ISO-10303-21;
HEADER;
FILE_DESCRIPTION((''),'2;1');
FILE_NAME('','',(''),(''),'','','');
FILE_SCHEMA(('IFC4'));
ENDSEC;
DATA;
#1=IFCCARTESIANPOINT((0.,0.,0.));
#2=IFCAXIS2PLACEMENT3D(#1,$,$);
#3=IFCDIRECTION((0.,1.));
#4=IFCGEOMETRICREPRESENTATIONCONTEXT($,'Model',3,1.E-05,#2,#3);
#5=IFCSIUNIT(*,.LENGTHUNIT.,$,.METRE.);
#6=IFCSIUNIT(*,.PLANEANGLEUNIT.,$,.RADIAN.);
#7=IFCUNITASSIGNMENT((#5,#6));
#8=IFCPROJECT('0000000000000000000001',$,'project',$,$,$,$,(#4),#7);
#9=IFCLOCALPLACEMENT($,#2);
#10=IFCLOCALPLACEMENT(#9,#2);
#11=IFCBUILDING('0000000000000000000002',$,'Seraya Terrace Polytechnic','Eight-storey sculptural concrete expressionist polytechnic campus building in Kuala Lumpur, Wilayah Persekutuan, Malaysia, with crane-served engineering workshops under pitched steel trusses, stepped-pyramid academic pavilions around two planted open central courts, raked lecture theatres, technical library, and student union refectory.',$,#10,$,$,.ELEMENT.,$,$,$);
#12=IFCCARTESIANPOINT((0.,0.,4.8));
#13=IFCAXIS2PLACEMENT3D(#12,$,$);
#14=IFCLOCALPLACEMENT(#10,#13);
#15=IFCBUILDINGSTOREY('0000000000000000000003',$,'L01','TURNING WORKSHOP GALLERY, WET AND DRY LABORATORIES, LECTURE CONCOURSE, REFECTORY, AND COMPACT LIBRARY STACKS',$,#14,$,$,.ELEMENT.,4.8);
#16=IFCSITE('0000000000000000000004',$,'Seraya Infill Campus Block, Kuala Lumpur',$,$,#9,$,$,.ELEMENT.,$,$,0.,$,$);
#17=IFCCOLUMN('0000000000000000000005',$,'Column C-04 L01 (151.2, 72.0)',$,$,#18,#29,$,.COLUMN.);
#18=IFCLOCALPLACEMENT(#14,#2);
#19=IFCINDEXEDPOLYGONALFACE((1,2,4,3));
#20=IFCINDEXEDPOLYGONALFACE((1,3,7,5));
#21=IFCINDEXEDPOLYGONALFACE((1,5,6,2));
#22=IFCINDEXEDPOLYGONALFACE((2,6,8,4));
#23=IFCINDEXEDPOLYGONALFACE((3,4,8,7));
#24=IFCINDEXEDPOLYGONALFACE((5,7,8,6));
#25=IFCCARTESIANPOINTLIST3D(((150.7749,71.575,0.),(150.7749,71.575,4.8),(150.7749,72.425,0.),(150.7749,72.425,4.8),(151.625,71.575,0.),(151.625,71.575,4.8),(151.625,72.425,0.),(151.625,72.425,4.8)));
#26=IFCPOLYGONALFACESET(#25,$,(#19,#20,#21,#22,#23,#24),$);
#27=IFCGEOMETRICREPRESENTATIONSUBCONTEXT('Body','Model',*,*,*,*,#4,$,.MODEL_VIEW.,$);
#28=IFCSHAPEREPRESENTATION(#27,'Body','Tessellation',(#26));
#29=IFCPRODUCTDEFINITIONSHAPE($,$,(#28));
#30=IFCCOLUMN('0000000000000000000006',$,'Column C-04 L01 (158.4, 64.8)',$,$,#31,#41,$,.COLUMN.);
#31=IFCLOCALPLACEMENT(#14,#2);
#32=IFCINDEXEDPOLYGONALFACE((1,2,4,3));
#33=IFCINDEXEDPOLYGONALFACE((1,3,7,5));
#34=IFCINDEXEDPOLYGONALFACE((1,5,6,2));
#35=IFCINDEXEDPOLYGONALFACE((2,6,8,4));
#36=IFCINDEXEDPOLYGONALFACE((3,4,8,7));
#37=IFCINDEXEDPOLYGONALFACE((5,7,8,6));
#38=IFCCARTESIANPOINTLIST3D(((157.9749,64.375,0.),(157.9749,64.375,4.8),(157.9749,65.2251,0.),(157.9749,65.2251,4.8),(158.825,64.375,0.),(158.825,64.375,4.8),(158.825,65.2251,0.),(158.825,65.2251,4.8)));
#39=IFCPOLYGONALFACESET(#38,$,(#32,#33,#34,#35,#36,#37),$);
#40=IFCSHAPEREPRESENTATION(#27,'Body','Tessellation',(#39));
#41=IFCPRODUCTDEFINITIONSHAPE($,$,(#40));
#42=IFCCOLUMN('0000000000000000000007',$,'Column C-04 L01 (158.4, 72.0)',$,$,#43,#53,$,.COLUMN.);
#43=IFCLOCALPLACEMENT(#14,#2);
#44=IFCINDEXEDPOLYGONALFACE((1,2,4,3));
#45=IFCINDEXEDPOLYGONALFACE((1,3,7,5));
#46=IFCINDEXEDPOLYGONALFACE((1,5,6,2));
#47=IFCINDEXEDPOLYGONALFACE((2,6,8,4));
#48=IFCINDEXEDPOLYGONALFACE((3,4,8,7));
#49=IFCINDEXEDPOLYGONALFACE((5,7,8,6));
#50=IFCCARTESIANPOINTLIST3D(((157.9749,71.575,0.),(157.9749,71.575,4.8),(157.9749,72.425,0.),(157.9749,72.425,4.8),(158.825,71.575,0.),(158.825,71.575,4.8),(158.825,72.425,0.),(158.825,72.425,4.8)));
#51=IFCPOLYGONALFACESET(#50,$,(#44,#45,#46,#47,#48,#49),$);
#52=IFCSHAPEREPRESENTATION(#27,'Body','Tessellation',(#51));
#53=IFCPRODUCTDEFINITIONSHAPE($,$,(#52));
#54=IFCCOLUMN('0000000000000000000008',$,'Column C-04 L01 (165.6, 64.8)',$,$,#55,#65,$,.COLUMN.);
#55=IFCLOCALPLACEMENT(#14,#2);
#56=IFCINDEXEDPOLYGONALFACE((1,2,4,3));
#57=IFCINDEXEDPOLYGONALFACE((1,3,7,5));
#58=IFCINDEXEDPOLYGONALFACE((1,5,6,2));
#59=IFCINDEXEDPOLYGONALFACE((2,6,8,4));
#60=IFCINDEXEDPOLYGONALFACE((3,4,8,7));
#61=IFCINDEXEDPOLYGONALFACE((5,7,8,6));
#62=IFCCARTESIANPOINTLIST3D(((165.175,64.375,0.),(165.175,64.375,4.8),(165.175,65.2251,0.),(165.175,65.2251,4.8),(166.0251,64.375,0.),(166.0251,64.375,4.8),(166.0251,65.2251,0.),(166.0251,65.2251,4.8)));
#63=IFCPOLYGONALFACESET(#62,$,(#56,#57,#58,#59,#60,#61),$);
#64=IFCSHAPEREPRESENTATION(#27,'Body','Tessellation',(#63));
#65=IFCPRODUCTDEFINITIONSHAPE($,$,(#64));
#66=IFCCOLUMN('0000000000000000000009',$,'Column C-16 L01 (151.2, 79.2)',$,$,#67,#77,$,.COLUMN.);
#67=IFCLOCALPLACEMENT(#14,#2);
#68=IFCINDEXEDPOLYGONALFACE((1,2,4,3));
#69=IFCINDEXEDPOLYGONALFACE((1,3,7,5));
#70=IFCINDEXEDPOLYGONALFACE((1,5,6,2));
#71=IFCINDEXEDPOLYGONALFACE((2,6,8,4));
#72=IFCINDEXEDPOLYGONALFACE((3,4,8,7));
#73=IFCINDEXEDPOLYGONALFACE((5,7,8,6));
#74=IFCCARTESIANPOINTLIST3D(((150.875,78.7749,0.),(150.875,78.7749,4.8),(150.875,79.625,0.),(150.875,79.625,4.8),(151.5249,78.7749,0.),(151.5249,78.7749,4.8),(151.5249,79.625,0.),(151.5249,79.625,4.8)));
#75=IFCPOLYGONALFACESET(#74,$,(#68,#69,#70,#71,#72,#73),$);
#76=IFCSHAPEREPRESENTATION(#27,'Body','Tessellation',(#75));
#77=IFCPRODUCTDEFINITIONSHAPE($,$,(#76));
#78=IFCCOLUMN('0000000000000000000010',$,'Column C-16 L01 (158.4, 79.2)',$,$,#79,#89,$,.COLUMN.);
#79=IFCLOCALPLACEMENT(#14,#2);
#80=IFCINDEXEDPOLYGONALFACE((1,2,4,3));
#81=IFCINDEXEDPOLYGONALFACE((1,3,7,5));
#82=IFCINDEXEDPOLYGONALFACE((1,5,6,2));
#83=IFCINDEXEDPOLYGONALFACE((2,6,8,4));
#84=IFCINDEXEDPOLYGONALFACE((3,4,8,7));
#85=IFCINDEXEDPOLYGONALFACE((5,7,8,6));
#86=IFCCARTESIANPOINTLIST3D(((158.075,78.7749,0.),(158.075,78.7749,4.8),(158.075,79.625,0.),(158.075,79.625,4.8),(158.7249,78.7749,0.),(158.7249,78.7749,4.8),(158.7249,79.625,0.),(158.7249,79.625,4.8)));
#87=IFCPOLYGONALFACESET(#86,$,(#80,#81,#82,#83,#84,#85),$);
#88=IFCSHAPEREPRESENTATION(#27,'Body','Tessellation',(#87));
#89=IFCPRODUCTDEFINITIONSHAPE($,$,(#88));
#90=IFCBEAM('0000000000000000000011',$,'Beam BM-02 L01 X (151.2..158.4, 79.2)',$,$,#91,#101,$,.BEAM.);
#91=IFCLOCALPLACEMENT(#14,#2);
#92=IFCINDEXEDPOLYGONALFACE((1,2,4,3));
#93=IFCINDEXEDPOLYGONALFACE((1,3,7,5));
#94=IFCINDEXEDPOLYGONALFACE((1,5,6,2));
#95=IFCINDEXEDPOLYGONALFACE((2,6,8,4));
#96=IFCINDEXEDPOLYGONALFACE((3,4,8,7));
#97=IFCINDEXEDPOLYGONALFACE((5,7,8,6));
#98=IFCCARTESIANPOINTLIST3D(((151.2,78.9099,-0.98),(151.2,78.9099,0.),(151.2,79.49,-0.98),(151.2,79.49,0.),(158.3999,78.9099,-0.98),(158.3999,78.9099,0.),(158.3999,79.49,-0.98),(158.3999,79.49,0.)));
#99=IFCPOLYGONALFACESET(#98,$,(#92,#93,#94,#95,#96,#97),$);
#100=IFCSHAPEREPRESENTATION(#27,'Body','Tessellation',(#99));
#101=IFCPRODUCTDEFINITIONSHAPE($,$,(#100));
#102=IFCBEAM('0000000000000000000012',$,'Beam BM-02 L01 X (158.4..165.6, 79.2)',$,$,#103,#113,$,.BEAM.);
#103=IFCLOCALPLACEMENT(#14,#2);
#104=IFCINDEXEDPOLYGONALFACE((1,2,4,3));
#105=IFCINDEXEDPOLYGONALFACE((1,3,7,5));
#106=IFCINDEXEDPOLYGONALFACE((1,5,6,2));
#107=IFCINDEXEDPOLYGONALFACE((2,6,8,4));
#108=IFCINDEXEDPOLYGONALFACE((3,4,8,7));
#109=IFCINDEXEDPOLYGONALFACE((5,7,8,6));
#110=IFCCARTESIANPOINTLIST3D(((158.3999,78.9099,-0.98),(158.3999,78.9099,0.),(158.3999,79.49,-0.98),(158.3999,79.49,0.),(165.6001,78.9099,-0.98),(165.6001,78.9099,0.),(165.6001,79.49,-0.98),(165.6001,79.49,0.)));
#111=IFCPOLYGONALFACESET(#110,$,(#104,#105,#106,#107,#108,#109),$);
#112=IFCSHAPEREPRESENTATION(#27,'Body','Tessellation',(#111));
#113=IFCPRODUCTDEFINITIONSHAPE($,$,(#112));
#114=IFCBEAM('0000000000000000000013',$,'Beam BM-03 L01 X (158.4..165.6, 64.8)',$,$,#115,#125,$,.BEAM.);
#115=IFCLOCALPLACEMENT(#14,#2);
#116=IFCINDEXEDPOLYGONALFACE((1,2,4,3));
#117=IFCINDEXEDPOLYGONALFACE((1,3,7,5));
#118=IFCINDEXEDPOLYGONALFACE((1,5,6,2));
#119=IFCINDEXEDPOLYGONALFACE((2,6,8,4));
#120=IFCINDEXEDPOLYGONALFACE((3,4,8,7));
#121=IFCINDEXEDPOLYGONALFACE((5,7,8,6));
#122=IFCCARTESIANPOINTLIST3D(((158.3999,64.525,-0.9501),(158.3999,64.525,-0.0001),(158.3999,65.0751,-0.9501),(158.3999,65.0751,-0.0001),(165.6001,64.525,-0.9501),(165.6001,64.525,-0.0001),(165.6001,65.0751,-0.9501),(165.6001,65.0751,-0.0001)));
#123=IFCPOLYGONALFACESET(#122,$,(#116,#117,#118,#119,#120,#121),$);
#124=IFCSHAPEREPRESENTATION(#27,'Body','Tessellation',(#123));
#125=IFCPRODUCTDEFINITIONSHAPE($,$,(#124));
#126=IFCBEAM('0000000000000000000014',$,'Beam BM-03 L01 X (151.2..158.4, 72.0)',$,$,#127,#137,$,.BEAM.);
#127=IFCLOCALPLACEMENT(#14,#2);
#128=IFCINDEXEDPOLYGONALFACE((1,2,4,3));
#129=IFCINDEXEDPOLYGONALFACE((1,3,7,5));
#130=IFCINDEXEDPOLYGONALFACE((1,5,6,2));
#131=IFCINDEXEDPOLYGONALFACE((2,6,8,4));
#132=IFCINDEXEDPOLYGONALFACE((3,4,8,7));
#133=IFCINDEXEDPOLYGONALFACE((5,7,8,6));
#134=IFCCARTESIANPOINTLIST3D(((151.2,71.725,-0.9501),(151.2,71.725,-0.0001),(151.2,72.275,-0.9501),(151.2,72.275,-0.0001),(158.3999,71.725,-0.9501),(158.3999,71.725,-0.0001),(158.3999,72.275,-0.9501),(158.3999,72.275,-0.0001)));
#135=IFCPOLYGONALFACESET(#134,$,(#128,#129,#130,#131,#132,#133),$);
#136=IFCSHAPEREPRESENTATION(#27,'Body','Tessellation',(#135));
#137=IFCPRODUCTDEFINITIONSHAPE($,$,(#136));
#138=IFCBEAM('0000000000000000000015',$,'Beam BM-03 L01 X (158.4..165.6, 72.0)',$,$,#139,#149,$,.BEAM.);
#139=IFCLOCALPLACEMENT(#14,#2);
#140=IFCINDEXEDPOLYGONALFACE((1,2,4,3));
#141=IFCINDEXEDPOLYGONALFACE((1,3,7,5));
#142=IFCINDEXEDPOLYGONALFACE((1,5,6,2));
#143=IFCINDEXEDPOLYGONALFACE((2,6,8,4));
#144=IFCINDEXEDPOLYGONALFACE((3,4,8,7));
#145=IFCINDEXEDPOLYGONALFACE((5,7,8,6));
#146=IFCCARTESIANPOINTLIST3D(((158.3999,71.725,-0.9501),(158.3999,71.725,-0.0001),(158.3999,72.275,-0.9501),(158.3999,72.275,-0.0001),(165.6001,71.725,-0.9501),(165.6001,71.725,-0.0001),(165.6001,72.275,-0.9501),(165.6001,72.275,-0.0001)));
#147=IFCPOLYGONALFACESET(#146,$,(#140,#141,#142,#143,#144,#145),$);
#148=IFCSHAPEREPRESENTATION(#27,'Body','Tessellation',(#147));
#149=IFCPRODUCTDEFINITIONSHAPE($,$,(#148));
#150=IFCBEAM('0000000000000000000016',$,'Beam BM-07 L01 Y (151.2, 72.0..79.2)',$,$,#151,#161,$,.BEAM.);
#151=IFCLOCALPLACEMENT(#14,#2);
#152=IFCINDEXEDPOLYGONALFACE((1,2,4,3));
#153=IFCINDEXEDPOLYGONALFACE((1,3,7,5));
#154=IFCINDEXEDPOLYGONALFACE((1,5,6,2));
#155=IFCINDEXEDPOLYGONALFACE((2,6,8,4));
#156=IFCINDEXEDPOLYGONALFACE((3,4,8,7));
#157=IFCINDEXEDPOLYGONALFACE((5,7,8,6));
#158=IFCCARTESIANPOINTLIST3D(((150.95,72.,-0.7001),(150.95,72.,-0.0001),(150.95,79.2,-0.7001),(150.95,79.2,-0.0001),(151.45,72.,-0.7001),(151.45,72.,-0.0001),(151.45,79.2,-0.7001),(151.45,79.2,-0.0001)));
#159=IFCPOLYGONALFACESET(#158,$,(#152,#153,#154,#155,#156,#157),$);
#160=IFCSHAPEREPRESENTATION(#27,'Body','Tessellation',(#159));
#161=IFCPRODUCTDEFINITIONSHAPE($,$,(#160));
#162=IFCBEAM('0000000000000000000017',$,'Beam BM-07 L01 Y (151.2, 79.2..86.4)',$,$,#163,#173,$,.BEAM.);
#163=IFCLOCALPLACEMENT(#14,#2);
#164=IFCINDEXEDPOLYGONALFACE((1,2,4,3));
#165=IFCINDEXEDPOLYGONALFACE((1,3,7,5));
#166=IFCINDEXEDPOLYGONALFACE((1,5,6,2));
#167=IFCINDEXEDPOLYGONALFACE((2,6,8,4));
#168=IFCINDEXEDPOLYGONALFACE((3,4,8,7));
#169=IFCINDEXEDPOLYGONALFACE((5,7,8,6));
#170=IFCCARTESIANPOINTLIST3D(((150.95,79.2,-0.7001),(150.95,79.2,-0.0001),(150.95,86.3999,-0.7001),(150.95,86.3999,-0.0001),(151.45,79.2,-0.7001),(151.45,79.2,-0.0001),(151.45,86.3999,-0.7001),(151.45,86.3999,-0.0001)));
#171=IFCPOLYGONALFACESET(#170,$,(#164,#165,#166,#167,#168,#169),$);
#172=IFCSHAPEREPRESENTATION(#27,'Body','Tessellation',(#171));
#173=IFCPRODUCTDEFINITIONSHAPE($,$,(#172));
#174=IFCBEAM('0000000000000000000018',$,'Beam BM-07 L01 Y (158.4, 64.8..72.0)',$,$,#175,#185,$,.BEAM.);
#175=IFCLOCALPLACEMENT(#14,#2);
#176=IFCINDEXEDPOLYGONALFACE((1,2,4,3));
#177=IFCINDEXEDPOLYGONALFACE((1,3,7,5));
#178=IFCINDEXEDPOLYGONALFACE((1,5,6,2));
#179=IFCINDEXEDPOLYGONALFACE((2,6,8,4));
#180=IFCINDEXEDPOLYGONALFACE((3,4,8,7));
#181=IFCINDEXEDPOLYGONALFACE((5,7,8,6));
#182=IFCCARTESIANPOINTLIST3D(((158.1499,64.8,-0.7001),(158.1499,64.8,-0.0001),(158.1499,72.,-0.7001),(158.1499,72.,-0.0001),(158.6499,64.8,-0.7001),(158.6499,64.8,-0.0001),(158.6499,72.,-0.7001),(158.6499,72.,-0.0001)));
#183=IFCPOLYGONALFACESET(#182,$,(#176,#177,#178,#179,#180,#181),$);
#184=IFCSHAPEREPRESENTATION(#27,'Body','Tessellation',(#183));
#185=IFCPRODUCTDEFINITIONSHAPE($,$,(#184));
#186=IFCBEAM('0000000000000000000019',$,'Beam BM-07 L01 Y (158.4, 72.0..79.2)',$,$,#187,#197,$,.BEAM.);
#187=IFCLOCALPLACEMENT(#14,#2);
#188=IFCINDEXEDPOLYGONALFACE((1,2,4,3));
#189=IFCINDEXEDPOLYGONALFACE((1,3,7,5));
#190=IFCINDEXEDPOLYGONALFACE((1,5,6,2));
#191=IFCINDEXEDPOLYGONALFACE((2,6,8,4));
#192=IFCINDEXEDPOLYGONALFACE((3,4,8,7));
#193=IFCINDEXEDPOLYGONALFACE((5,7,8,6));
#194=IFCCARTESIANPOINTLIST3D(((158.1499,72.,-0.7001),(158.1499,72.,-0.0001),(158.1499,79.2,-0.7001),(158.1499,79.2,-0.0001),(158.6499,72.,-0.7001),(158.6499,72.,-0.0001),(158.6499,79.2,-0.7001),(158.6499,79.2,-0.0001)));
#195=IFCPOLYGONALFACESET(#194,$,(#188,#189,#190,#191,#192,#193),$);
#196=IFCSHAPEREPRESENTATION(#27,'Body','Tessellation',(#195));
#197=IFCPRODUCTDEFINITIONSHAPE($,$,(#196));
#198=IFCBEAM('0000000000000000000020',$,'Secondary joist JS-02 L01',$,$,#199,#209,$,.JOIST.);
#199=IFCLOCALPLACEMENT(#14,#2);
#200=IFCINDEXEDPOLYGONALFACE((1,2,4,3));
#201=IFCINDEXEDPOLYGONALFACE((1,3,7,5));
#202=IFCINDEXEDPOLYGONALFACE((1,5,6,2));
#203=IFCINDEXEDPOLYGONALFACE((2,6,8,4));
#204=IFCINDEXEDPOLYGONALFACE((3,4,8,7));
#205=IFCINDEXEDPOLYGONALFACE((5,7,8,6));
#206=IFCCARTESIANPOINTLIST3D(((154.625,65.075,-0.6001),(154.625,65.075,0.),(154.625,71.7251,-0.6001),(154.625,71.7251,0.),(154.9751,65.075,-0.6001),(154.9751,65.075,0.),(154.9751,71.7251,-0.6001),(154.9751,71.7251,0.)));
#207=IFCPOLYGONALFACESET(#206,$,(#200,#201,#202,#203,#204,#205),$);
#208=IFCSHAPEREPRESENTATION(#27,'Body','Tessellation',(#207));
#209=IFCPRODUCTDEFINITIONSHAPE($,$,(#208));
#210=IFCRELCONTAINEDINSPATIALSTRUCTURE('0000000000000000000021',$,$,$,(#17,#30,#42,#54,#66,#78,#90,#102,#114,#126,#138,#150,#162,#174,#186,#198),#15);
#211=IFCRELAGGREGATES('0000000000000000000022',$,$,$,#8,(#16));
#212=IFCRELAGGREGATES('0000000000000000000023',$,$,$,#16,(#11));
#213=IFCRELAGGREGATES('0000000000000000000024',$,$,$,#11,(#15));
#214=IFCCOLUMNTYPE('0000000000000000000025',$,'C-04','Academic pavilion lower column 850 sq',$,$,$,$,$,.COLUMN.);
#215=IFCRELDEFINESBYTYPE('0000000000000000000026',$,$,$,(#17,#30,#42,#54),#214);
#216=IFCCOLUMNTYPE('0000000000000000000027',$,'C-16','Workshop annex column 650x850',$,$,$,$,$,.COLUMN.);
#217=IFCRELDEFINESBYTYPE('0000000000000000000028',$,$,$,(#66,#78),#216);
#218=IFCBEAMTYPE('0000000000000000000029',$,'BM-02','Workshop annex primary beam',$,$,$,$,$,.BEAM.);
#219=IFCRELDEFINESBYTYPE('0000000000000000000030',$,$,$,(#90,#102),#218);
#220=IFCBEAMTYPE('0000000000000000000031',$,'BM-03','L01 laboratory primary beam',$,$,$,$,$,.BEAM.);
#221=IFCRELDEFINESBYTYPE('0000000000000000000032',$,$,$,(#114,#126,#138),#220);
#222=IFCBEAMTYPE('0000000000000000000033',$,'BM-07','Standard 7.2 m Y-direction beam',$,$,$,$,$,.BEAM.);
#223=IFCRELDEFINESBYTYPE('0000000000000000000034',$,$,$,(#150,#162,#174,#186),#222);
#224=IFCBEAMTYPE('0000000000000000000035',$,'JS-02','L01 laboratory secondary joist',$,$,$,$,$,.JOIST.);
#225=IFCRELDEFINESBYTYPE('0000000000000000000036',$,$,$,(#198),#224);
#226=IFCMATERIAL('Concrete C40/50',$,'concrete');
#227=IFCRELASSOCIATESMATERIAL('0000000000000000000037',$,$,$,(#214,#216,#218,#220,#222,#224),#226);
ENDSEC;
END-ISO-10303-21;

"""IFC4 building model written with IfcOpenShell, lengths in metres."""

from ifc_helpers import new_model, si_unit, direction, frame, origin, origin_2d, place, context, subcontext, project, spatial, rectangle, extrude, material, material_profile, profile_set, type_object, element, save


model = new_model("IFC4")

# Units and contexts
model_context = context("Model", 3, precision=1e-05, world=origin(), true_north=direction((0.0, 1.0)))
body_context = subcontext(model_context, "Body", "Model", "MODEL_VIEW")
ifc_project = project(units=[si_unit("LENGTHUNIT", "METRE"), si_unit("PLANEANGLEUNIT", "RADIAN")], contexts=[model_context])

# Site, building, storey
site_placement = place(None, origin())
site = spatial("IfcSite", under=ifc_project, at=site_placement, Name="Seraya Infill Campus Block, Kuala Lumpur", CompositionType="ELEMENT", RefElevation=0.0)
building_placement = place(site_placement, origin())
building = spatial("IfcBuilding", under=site, at=building_placement, Name="Seraya Terrace Polytechnic", Description="Eight-storey sculptural concrete expressionist polytechnic campus building in Kuala Lumpur, Wilayah Persekutuan, Malaysia, with crane-served engineering workshops under pitched steel trusses, stepped-pyramid academic pavilions around two planted open central courts, raked lecture theatres, technical library, and student union refectory.", CompositionType="ELEMENT")
storey_placement = place(building_placement, frame((0.0, 0.0, 4.8)))
storey = spatial("IfcBuildingStorey", under=building, at=storey_placement, Name="L01", Description="TURNING WORKSHOP GALLERY, WET AND DRY LABORATORIES, LECTURE CONCOURSE, REFECTORY, AND COMPACT LIBRARY STACKS", CompositionType="ELEMENT", Elevation=4.8)

# Columns
ifc_material_1 = material(Name="Concrete C40/50", Category="concrete")
ifc_material_profile_1 = material_profile(ifc_material_1, rectangle(XDim=0.8501, YDim=0.8501, at=origin_2d()), Name="RC 850x850")
ifc_profile_set_1 = profile_set([ifc_material_profile_1], Name="Concrete C40/50")
column_type_1 = type_object("IfcColumnType", Name="C-04", Description="Academic pavilion lower column 850 sq", PredefinedType="COLUMN", material=ifc_profile_set_1)
for number, where, z_axis, x_axis, name in (
    (1, (151.2, 72.0, 0.0), (0.0, 0.0, 1.0), (1.0, 0.0, 0.0), "Column C-04 L01 (151.2, 72.0)"),
    (2, (158.3999, 64.8, 0.0), (0.0, 0.0, 1.0), (1.0, 0.0, 0.0), "Column C-04 L01 (158.4, 64.8)"),
    (3, (158.3999, 72.0, 0.0), (0.0, 0.0, 1.0), (1.0, 0.0, 0.0), "Column C-04 L01 (158.4, 72.0)"),
    (4, (165.6001, 64.8, 0.0), (0.0, 0.0, 1.0), (1.0, 0.0, 0.0), "Column C-04 L01 (165.6, 64.8)"),
):
    element("IfcColumn", number, at=place(storey_placement, frame(where, z_axis=z_axis, x_axis=x_axis)), inside=storey, type_object=column_type_1, Name=name, PredefinedType="COLUMN", context=body_context, shape_type="SweptSolid", body=[
        extrude(rectangle(XDim=0.8501, YDim=0.8501, at=origin_2d()), origin(), (0.0, 0.0, 1.0), 4.8),
    ])
ifc_material_profile_2 = material_profile(ifc_material_1, rectangle(XDim=0.6499, YDim=0.8501, at=origin_2d()), Name="RC 650x850")
ifc_profile_set_2 = profile_set([ifc_material_profile_2], Name="Concrete C40/50")
column_type_2 = type_object("IfcColumnType", Name="C-16", Description="Workshop annex column 650x850", PredefinedType="COLUMN", material=ifc_profile_set_2)
for number, where, z_axis, x_axis, name in (
    (5, (151.2, 79.2, 0.0), (0.0, 0.0, 1.0), (1.0, 0.0, 0.0), "Column C-16 L01 (151.2, 79.2)"),
    (6, (158.3999, 79.2, 0.0), (0.0, 0.0, 1.0), (1.0, 0.0, 0.0), "Column C-16 L01 (158.4, 79.2)"),
):
    element("IfcColumn", number, at=place(storey_placement, frame(where, z_axis=z_axis, x_axis=x_axis)), inside=storey, type_object=column_type_2, Name=name, PredefinedType="COLUMN", context=body_context, shape_type="SweptSolid", body=[
        extrude(rectangle(XDim=0.6499, YDim=0.8501, at=origin_2d()), origin(), (0.0, 0.0, 1.0), 4.8),
    ])

# Beams
ifc_material_profile_3 = material_profile(ifc_material_1, rectangle(XDim=0.5801, YDim=0.98, at=origin_2d()), Name="RC 580x980")
ifc_profile_set_3 = profile_set([ifc_material_profile_3], Name="Concrete C40/50")
beam_type_1 = type_object("IfcBeamType", Name="BM-02", Description="Workshop annex primary beam", PredefinedType="BEAM", material=ifc_profile_set_3)
beam_1_placement = place(storey_placement, frame((151.2, 79.2, -0.49), z_axis=(1.0, 0.0, 0.0), x_axis=(0.0, 1.0, 0.0)))
element("IfcBeam", 7, at=beam_1_placement, inside=storey, type_object=beam_type_1, Name="Beam BM-02 L01 X (151.2..158.4, 79.2)", PredefinedType="BEAM", context=body_context, shape_type="SweptSolid", body=[
    extrude(rectangle(XDim=0.5801, YDim=0.98, at=origin_2d()), origin(), (0.0, 0.0, 1.0), 7.2),
])
beam_2_placement = place(storey_placement, frame((158.3999, 79.2, -0.49), z_axis=(1.0, 0.0, 0.0), x_axis=(0.0, 1.0, 0.0)))
element("IfcBeam", 8, at=beam_2_placement, inside=storey, type_object=beam_type_1, Name="Beam BM-02 L01 X (158.4..165.6, 79.2)", PredefinedType="BEAM", context=body_context, shape_type="SweptSolid", body=[
    extrude(rectangle(XDim=0.5801, YDim=0.98, at=origin_2d()), origin(), (0.0, 0.0, 1.0), 7.2002),
])
ifc_material_profile_4 = material_profile(ifc_material_1, rectangle(XDim=0.55, YDim=0.95, at=origin_2d()), Name="RC 550x950")
ifc_profile_set_4 = profile_set([ifc_material_profile_4], Name="Concrete C40/50")
beam_type_2 = type_object("IfcBeamType", Name="BM-03", Description="L01 laboratory primary beam", PredefinedType="BEAM", material=ifc_profile_set_4)
beam_3_placement = place(storey_placement, frame((158.3999, 64.8, -0.4751), z_axis=(1.0, 0.0, 0.0), x_axis=(0.0, 1.0, 0.0)))
element("IfcBeam", 9, at=beam_3_placement, inside=storey, type_object=beam_type_2, Name="Beam BM-03 L01 X (158.4..165.6, 64.8)", PredefinedType="BEAM", context=body_context, shape_type="SweptSolid", body=[
    extrude(rectangle(XDim=0.55, YDim=0.95, at=origin_2d()), origin(), (0.0, 0.0, 1.0), 7.2002),
])
beam_4_placement = place(storey_placement, frame((151.2, 72.0, -0.4751), z_axis=(1.0, 0.0, 0.0), x_axis=(0.0, 1.0, 0.0)))
element("IfcBeam", 10, at=beam_4_placement, inside=storey, type_object=beam_type_2, Name="Beam BM-03 L01 X (151.2..158.4, 72.0)", PredefinedType="BEAM", context=body_context, shape_type="SweptSolid", body=[
    extrude(rectangle(XDim=0.55, YDim=0.95, at=origin_2d()), origin(), (0.0, 0.0, 1.0), 7.2),
])
beam_5_placement = place(storey_placement, frame((158.3999, 72.0, -0.4751), z_axis=(1.0, 0.0, 0.0), x_axis=(0.0, 1.0, 0.0)))
element("IfcBeam", 11, at=beam_5_placement, inside=storey, type_object=beam_type_2, Name="Beam BM-03 L01 X (158.4..165.6, 72.0)", PredefinedType="BEAM", context=body_context, shape_type="SweptSolid", body=[
    extrude(rectangle(XDim=0.55, YDim=0.95, at=origin_2d()), origin(), (0.0, 0.0, 1.0), 7.2002),
])
ifc_material_profile_5 = material_profile(ifc_material_1, rectangle(XDim=0.5, YDim=0.7, at=origin_2d()), Name="RC 500x700")
ifc_profile_set_5 = profile_set([ifc_material_profile_5], Name="Concrete C40/50")
beam_type_3 = type_object("IfcBeamType", Name="BM-07", Description="Standard 7.2 m Y-direction beam", PredefinedType="BEAM", material=ifc_profile_set_5)
for number, where, z_axis, x_axis, name in (
    (12, (151.2, 72.0, -0.3501), (0.0, 1.0, 0.0), (-1.0, 0.0, 0.0), "Beam BM-07 L01 Y (151.2, 72.0..79.2)"),
    (13, (151.2, 79.2, -0.3501), (0.0, 1.0, 0.0), (-1.0, 0.0, 0.0), "Beam BM-07 L01 Y (151.2, 79.2..86.4)"),
    (14, (158.3999, 64.8, -0.3501), (0.0, 1.0, 0.0), (-1.0, 0.0, 0.0), "Beam BM-07 L01 Y (158.4, 64.8..72.0)"),
    (15, (158.3999, 72.0, -0.3501), (0.0, 1.0, 0.0), (-1.0, 0.0, 0.0), "Beam BM-07 L01 Y (158.4, 72.0..79.2)"),
):
    element("IfcBeam", number, at=place(storey_placement, frame(where, z_axis=z_axis, x_axis=x_axis)), inside=storey, type_object=beam_type_3, Name=name, PredefinedType="BEAM", context=body_context, shape_type="SweptSolid", body=[
        extrude(rectangle(XDim=0.5, YDim=0.7, at=origin_2d()), origin(), (0.0, 0.0, 1.0), 7.2),
    ])
ifc_material_profile_6 = material_profile(ifc_material_1, rectangle(XDim=0.3501, YDim=0.6001, at=origin_2d()), Name="RC 350x600")
ifc_profile_set_6 = profile_set([ifc_material_profile_6], Name="Concrete C40/50")
beam_type_4 = type_object("IfcBeamType", Name="JS-02", Description="L01 laboratory secondary joist", PredefinedType="JOIST", material=ifc_profile_set_6)
beam_6_placement = place(storey_placement, frame((154.8, 65.075, -0.3), z_axis=(0.0, 1.0, 0.0), x_axis=(-1.0, 0.0, 0.0)))
element("IfcBeam", 16, at=beam_6_placement, inside=storey, type_object=beam_type_4, Name="Secondary joist JS-02 L01", PredefinedType="JOIST", context=body_context, shape_type="SweptSolid", body=[
    extrude(rectangle(XDim=0.3501, YDim=0.6001, at=origin_2d()), origin(), (0.0, 0.0, 1.0), 6.6501),
])

save(model, "model.ifc")
